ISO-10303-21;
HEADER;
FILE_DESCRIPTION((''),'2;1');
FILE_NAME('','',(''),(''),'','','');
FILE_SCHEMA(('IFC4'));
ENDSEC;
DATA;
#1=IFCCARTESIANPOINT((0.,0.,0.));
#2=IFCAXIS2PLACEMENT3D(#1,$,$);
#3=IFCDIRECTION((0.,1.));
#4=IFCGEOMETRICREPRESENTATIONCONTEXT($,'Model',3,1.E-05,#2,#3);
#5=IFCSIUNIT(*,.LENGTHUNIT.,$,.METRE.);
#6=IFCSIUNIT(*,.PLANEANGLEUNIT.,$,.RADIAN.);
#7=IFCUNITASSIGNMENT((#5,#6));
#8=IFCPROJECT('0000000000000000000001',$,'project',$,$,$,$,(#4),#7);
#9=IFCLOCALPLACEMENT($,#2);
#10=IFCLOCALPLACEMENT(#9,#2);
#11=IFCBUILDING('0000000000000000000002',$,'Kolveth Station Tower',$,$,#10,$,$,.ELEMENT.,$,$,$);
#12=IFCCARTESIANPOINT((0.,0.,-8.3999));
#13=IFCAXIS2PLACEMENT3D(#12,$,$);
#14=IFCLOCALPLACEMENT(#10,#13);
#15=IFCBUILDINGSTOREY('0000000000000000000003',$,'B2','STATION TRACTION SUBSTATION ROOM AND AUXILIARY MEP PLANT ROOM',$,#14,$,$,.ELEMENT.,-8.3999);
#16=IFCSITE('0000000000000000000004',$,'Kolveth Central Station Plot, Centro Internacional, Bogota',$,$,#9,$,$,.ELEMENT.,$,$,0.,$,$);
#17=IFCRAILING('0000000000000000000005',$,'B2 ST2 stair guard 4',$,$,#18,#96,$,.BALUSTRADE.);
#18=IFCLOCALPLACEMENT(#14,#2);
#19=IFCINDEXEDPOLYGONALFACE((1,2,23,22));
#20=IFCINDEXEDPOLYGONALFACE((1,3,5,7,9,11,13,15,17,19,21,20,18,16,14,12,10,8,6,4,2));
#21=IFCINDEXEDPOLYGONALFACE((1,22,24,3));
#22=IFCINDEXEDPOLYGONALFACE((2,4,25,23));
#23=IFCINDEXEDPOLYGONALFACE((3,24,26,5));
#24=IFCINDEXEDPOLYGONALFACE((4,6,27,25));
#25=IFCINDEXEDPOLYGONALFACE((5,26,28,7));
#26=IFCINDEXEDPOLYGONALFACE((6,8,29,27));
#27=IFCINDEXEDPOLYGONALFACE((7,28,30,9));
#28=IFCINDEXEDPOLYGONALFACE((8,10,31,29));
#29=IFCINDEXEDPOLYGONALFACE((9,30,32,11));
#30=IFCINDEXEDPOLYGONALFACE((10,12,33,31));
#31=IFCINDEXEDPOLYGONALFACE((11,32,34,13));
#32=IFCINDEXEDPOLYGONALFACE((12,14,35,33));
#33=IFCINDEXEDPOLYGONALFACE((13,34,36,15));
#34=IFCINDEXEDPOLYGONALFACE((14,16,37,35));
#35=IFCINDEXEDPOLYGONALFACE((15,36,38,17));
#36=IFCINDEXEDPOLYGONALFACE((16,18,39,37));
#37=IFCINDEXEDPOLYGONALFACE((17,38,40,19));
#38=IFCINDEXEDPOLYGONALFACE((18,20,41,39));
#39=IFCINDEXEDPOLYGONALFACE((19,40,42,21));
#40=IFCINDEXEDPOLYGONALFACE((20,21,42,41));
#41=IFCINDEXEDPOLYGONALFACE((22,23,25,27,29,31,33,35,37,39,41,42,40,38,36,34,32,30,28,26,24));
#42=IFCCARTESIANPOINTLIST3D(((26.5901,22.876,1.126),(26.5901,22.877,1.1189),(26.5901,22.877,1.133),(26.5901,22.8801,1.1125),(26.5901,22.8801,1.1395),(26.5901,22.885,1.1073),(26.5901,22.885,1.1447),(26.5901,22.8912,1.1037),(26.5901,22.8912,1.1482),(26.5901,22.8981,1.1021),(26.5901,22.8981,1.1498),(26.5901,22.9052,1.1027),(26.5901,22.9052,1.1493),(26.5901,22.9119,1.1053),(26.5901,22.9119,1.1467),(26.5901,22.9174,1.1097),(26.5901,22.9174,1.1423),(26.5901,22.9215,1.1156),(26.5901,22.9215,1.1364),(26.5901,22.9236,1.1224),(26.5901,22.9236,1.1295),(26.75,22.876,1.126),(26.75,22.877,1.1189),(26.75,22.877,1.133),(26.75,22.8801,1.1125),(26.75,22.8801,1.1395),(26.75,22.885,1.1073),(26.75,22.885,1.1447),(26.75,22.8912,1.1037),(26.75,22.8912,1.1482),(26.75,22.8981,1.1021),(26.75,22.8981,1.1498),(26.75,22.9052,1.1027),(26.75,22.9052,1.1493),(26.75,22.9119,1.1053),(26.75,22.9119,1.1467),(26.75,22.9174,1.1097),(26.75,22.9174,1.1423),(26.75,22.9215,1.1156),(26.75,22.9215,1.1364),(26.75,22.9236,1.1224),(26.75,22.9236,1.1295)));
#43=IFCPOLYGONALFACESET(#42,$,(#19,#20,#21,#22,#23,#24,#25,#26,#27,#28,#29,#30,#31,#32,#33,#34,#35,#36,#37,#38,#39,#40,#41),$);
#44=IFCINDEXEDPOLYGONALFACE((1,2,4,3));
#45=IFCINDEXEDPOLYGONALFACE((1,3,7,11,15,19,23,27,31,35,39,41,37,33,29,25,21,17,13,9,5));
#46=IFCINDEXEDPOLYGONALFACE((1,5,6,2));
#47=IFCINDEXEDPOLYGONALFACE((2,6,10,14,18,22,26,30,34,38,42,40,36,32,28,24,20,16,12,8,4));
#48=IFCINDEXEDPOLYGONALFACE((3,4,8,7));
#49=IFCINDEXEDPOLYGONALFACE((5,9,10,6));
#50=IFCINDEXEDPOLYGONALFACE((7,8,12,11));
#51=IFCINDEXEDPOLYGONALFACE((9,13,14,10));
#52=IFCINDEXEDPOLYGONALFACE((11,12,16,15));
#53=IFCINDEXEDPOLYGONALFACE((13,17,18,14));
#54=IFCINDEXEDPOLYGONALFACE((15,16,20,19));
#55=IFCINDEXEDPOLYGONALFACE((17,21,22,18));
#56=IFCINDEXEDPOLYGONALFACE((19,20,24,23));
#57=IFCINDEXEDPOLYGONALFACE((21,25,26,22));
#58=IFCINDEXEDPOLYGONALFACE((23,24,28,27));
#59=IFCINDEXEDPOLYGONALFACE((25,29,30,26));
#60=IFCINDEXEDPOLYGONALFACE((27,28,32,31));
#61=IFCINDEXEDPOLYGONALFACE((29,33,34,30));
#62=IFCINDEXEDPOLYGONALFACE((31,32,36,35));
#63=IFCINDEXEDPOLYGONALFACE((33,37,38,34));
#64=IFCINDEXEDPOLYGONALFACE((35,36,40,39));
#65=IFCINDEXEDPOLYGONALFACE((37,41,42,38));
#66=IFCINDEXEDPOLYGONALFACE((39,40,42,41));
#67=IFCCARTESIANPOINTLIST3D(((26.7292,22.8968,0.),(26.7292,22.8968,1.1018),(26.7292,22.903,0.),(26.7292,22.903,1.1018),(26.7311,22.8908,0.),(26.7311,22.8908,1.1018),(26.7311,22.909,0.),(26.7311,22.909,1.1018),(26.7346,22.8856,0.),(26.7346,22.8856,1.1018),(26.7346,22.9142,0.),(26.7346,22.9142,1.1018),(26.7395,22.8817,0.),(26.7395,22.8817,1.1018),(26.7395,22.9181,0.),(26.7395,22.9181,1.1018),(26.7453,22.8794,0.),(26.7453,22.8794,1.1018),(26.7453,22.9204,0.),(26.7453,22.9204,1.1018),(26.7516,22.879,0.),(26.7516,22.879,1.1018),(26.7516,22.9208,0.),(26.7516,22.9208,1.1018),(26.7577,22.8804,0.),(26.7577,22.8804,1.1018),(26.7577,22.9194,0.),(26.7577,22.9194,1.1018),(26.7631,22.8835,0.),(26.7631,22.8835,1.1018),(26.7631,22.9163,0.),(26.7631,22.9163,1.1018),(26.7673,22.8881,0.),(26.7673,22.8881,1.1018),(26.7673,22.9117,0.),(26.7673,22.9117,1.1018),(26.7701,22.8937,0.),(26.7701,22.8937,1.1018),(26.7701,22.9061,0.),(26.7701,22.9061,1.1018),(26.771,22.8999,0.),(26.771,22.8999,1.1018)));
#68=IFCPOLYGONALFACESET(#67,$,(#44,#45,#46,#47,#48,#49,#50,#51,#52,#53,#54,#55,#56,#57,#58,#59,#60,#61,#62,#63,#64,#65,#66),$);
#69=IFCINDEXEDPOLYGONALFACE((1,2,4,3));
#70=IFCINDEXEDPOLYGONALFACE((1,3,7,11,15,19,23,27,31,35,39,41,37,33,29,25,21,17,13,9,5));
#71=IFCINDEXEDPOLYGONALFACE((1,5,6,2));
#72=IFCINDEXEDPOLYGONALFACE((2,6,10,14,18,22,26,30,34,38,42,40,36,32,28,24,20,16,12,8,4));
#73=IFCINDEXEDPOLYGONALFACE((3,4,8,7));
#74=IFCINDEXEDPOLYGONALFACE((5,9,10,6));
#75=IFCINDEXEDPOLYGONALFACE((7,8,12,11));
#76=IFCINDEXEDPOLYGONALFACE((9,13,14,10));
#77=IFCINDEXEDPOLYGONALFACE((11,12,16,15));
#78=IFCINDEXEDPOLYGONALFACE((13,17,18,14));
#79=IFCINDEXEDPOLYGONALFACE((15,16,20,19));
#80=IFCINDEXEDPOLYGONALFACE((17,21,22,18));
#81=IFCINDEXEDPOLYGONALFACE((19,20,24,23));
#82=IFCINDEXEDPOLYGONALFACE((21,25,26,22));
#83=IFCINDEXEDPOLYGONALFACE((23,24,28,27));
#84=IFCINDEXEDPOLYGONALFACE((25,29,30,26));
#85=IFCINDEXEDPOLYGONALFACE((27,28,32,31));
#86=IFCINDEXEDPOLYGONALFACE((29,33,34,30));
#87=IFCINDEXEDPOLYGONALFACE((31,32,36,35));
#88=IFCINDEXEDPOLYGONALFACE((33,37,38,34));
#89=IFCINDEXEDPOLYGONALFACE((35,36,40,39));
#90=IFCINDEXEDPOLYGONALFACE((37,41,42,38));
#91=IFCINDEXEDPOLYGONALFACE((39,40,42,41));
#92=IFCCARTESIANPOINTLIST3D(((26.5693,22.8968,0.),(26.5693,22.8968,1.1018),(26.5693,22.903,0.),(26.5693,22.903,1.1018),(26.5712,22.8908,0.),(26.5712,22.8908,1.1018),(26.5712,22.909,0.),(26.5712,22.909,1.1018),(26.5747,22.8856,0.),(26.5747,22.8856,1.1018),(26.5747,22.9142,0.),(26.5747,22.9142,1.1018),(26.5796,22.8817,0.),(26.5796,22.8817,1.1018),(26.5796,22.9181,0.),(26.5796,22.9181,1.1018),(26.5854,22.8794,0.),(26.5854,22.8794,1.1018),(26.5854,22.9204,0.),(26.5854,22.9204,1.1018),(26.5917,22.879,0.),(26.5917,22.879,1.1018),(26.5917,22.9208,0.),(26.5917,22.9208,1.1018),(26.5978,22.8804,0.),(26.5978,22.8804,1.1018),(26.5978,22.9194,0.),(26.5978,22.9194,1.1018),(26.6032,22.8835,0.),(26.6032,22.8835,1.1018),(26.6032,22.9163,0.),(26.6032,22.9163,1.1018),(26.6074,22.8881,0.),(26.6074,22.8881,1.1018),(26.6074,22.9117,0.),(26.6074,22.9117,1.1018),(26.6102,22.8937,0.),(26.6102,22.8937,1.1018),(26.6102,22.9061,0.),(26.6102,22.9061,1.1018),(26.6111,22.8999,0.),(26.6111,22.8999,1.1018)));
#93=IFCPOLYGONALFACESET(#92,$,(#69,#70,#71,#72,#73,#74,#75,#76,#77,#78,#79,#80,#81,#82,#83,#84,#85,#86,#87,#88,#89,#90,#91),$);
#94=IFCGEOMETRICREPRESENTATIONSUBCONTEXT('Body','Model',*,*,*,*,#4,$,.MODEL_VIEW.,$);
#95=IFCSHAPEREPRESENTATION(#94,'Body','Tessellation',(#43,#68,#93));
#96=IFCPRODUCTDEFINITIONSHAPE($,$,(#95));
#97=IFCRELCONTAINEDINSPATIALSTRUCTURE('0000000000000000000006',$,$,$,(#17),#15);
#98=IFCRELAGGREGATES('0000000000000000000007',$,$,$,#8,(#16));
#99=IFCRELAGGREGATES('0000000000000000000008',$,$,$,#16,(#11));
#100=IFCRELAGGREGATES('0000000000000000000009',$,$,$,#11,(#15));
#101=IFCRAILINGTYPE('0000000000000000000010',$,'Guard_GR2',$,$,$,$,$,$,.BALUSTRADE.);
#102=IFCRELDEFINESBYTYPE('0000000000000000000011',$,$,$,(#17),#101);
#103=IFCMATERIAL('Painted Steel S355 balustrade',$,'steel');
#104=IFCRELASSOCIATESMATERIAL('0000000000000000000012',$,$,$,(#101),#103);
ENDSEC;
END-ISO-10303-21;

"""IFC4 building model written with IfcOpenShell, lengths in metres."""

from ifc_helpers import new_model, si_unit, direction, frame, origin, origin_2d, place, context, subcontext, project, spatial, circle, extrude, material, type_object, element, save


model = new_model("IFC4")

# Units and contexts
model_context = context("Model", 3, precision=1e-05, world=origin(), true_north=direction((0.0, 1.0)))
body_context = subcontext(model_context, "Body", "Model", "MODEL_VIEW")
ifc_project = project(units=[si_unit("LENGTHUNIT", "METRE"), si_unit("PLANEANGLEUNIT", "RADIAN")], contexts=[model_context])

# Site, building, storey
site_placement = place(None, origin())
site = spatial("IfcSite", under=ifc_project, at=site_placement, Name="Kolveth Central Station Plot, Centro Internacional, Bogota", CompositionType="ELEMENT", RefElevation=0.0)
building_placement = place(site_placement, origin())
building = spatial("IfcBuilding", under=site, at=building_placement, Name="Kolveth Station Tower", CompositionType="ELEMENT")
storey_placement = place(building_placement, frame((0.0, 0.0, -8.3999)))
storey = spatial("IfcBuildingStorey", under=building, at=storey_placement, Name="B2", Description="STATION TRACTION SUBSTATION ROOM AND AUXILIARY MEP PLANT ROOM", CompositionType="ELEMENT", Elevation=-8.3999)

# Railing
ifc_material_1 = material(Name="Painted Steel S355 balustrade", Category="steel")
railing_type_1 = type_object("IfcRailingType", Name="Guard_GR2", PredefinedType="BALUSTRADE", material=ifc_material_1)
railing_1_placement = place(storey_placement, frame((26.75, 22.8999, 0.0)))
element("IfcRailing", 1, at=railing_1_placement, inside=storey, type_object=railing_type_1, Name="B2 ST2 stair guard 4", PredefinedType="BALUSTRADE", context=body_context, shape_type="SweptSolid", body=[
    extrude(circle(Radius=0.0239, at=origin_2d()), frame((0.0, 0.0, 1.126), z_axis=(-1.0, 0.0, 0.0), x_axis=(0.0, -1.0, 0.0)), (0.0, 0.0, 1.0), 0.1599),
    extrude(circle(Radius=0.021, at=origin_2d()), origin(), (0.0, 0.0, 1.0), 1.1018),
    extrude(circle(Radius=0.021, at=origin_2d()), frame((-0.1599, 0.0, 0.0)), (0.0, 0.0, 1.0), 1.1018),
])

save(model, "model.ifc")
